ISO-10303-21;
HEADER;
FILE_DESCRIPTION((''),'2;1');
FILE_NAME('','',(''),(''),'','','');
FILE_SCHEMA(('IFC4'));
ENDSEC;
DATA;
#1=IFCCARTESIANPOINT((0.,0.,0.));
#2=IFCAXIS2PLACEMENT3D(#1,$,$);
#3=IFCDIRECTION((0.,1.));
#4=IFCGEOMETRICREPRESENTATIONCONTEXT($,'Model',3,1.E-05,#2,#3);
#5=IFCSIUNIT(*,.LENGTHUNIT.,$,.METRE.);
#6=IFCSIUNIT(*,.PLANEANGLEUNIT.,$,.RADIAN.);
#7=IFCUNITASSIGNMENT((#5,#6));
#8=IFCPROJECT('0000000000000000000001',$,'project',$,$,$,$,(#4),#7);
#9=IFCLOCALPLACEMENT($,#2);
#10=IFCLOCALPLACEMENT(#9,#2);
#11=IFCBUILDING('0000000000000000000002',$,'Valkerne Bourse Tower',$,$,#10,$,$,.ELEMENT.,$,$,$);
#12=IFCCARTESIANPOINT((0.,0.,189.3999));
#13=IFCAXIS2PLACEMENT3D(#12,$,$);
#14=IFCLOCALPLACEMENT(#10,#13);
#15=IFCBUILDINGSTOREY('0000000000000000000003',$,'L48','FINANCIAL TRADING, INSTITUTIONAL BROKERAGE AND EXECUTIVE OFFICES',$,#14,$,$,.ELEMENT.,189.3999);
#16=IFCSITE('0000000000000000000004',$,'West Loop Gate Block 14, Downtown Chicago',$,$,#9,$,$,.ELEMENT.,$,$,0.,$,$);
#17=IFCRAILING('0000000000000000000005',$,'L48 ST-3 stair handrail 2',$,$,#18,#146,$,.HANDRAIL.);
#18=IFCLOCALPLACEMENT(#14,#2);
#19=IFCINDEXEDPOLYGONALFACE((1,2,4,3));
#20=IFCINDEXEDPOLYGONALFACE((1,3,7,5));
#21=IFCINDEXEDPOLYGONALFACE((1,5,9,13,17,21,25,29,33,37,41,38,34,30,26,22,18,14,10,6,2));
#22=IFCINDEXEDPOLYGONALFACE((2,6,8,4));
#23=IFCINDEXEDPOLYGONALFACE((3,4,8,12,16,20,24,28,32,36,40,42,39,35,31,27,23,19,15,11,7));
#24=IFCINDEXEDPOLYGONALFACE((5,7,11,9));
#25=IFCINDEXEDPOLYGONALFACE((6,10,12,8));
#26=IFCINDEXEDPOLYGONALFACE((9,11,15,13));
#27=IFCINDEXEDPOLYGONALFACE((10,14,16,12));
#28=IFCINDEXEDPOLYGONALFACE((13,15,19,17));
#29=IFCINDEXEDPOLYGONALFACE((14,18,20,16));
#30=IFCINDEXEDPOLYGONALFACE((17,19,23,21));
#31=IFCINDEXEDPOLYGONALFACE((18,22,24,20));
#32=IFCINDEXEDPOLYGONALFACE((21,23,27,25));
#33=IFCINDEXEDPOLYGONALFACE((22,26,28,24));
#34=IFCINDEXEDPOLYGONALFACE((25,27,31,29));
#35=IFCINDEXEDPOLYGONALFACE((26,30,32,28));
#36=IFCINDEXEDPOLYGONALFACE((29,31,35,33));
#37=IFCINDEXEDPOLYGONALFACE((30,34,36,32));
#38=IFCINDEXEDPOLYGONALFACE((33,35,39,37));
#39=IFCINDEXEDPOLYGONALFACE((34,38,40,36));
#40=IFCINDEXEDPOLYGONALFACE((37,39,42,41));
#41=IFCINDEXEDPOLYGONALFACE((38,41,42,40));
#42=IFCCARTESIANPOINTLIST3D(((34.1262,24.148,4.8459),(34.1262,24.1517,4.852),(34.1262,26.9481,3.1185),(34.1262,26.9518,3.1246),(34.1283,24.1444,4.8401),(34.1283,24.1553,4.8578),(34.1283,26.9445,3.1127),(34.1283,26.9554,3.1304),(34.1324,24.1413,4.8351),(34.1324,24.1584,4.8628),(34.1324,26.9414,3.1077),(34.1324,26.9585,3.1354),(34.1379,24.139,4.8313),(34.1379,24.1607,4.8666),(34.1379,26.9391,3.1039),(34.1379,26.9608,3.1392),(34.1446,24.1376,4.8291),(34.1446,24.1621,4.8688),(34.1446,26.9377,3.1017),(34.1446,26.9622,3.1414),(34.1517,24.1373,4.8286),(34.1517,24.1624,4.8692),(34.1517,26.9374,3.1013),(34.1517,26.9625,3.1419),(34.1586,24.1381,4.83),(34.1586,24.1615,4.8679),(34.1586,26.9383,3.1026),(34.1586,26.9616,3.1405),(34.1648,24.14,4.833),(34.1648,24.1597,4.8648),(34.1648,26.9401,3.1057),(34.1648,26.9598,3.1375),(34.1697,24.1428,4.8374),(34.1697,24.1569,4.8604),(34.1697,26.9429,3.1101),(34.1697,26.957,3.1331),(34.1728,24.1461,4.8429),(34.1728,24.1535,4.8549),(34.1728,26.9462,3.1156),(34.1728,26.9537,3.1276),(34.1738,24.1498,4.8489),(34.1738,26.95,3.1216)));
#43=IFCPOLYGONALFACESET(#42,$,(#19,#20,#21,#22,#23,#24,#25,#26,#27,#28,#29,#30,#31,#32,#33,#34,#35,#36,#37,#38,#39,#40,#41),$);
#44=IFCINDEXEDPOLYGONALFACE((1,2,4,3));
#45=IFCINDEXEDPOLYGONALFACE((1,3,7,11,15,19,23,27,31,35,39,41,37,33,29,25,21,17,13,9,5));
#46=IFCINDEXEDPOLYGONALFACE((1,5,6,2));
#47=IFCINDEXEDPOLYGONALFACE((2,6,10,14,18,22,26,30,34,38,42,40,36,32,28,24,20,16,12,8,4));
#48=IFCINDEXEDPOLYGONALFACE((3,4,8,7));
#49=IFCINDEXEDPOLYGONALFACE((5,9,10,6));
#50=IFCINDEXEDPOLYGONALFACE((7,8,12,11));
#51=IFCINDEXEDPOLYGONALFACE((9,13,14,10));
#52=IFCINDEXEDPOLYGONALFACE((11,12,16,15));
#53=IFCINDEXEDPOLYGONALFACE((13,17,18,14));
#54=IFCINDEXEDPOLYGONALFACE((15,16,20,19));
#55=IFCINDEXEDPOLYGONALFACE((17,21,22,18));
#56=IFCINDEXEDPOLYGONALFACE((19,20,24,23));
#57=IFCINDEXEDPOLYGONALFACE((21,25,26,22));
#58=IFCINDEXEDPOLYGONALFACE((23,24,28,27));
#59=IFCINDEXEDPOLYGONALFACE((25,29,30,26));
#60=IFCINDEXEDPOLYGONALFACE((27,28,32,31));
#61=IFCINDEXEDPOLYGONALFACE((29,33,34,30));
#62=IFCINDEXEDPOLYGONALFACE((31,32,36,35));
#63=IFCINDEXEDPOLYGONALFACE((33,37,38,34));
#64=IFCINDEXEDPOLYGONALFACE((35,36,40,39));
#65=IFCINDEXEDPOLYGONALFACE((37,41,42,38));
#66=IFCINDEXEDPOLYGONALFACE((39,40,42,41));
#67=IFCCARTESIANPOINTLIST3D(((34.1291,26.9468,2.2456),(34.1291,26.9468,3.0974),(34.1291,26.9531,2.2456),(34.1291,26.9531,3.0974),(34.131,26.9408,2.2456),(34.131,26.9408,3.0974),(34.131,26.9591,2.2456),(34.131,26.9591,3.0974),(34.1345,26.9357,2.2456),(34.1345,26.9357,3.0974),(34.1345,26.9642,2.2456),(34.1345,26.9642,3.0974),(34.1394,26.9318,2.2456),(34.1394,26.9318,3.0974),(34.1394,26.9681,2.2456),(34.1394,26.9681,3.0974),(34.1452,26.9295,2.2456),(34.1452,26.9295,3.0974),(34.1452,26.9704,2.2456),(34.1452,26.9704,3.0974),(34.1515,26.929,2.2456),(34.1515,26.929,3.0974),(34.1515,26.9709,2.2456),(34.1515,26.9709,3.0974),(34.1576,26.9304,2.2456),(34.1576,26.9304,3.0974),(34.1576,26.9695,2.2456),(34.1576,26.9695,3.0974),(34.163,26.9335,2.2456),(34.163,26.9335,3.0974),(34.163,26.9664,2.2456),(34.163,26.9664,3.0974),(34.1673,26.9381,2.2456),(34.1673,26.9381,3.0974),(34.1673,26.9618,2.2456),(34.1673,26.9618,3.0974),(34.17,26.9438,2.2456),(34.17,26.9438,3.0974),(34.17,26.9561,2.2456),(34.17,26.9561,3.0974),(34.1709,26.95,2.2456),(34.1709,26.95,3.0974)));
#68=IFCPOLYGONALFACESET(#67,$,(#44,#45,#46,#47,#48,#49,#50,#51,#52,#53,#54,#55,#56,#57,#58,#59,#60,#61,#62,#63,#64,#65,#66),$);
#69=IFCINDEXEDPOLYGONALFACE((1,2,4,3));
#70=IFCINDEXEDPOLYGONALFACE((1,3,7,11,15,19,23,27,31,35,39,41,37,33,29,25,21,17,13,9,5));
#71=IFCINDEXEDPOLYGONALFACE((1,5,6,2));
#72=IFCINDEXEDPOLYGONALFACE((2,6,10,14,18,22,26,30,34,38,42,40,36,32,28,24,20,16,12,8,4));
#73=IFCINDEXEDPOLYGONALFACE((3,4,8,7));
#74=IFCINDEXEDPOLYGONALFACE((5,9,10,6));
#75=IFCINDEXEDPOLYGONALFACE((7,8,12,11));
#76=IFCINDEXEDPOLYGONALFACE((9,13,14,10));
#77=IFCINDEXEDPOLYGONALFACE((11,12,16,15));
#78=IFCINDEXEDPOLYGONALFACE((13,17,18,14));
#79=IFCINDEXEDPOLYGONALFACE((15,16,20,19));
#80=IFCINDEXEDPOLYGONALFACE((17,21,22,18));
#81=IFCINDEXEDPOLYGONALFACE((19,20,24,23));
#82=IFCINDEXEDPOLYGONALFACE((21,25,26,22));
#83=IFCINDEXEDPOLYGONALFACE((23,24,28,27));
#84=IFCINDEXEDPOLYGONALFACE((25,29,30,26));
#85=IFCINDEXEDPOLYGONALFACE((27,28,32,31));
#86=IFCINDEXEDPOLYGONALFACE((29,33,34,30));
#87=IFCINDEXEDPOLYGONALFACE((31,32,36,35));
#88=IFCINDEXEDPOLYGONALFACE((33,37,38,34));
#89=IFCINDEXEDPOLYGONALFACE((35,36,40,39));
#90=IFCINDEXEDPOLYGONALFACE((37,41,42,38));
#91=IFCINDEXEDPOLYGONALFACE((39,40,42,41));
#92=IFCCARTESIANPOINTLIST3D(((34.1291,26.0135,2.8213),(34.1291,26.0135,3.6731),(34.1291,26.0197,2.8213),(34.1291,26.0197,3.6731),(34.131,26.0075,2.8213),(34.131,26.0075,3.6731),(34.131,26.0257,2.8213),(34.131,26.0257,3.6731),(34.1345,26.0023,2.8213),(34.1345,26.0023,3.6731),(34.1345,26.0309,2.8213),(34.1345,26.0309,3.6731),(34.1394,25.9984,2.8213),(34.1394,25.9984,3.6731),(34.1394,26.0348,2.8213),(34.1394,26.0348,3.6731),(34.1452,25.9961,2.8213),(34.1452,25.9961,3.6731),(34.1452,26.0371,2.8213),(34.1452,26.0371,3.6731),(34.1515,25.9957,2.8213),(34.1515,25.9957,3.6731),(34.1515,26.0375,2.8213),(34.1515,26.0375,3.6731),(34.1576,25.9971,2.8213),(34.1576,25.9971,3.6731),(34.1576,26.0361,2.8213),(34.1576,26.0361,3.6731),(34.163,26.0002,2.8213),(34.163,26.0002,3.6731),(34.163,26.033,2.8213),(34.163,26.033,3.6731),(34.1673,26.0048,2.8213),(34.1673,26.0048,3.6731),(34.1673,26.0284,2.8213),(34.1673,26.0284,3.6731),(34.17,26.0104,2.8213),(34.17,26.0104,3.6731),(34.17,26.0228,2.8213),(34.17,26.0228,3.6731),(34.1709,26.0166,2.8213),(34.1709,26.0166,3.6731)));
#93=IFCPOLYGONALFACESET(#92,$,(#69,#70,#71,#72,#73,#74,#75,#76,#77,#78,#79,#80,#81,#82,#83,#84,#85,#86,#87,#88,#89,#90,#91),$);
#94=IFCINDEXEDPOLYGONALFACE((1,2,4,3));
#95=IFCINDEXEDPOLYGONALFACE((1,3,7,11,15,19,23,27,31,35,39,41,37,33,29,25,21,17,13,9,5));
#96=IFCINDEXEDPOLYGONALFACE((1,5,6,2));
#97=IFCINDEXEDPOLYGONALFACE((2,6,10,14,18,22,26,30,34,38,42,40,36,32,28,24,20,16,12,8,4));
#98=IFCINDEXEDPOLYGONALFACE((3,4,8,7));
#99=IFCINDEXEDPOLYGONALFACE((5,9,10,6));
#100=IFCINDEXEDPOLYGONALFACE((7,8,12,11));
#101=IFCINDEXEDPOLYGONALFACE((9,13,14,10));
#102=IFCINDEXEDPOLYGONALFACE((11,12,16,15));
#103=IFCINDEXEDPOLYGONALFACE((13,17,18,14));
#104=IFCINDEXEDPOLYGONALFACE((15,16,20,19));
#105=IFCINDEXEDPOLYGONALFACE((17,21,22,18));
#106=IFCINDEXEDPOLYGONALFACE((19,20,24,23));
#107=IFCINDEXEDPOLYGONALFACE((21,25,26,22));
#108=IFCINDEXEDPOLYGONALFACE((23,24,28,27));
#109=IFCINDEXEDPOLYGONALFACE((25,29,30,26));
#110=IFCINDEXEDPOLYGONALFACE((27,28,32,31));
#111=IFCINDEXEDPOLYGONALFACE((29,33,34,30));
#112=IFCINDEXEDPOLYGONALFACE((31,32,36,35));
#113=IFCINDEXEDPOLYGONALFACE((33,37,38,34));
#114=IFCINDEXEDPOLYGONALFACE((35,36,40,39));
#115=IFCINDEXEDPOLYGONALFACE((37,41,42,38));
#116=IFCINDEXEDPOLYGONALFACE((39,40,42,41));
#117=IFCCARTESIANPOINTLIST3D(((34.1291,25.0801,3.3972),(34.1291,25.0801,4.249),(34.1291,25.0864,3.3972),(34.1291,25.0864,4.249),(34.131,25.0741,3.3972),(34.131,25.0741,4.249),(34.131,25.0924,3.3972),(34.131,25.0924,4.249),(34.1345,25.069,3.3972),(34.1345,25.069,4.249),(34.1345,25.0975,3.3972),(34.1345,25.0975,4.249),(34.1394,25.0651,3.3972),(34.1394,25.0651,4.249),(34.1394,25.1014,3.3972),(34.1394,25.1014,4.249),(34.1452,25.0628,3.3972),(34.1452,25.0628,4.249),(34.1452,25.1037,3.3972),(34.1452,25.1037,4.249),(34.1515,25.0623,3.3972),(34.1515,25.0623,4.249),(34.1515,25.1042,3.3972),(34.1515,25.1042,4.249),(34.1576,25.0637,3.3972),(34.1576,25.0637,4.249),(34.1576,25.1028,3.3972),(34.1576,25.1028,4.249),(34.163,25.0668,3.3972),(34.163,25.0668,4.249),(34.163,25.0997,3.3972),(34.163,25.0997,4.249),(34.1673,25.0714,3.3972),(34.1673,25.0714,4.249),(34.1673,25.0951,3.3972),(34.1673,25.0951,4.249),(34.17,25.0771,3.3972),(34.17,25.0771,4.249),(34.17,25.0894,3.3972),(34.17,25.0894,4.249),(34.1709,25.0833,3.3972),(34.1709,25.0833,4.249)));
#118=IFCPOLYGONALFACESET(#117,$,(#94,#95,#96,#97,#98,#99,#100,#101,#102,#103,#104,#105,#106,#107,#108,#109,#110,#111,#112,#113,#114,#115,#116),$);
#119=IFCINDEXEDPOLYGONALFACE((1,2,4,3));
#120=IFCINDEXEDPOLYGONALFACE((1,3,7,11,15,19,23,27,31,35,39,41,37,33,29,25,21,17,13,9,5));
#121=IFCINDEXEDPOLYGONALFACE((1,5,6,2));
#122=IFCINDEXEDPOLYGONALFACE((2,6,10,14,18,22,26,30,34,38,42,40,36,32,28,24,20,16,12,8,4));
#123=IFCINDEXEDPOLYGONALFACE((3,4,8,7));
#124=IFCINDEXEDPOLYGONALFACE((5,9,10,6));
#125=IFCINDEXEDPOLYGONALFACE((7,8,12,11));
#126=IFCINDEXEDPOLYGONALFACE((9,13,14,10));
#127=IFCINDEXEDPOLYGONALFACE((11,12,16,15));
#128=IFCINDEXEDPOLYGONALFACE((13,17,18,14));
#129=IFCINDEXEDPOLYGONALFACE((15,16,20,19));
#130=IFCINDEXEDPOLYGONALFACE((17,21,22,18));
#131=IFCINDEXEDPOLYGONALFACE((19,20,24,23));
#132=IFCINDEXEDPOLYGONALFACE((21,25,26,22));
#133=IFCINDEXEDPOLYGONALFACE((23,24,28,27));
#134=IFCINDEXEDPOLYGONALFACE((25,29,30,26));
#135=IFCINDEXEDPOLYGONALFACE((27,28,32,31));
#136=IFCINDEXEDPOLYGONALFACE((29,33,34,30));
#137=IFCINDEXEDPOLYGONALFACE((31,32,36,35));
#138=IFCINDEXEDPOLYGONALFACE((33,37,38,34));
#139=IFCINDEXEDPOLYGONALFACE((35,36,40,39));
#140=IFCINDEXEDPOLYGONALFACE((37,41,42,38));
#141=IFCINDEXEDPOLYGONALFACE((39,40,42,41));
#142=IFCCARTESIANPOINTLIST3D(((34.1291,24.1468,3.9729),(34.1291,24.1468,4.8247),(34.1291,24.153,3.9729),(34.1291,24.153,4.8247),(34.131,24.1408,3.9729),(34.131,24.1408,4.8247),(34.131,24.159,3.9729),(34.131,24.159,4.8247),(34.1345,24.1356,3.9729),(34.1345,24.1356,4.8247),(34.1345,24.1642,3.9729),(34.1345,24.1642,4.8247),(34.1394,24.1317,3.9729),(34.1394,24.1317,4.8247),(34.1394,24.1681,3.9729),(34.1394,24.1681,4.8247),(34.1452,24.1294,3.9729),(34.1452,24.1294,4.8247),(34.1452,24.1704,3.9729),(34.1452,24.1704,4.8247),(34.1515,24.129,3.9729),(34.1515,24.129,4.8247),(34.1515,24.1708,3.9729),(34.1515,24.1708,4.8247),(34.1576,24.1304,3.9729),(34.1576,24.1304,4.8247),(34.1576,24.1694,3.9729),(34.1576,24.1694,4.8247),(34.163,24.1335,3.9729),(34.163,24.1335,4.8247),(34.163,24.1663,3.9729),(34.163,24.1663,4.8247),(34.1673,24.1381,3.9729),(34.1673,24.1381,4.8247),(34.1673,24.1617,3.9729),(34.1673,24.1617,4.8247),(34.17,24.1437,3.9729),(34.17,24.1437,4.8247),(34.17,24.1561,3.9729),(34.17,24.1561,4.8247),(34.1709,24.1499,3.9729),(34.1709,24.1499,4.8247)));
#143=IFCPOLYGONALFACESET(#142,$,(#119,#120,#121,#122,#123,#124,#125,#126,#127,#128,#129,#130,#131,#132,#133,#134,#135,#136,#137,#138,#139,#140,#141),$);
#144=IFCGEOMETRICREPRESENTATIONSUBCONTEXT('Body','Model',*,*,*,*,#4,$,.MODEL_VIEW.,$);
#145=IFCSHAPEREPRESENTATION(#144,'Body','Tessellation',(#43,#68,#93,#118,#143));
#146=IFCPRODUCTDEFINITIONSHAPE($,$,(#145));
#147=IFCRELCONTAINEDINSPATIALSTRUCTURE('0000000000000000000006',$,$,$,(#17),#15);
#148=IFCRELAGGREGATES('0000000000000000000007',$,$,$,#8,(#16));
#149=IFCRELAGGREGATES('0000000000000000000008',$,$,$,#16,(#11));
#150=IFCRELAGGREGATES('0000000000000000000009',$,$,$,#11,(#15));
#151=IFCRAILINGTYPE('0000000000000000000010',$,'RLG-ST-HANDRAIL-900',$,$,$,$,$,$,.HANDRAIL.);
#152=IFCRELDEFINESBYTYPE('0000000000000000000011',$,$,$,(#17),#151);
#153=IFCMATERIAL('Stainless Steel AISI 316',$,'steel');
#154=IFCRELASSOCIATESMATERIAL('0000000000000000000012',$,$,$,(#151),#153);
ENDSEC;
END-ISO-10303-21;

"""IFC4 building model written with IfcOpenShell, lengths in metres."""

from ifc_helpers import new_model, si_unit, direction, frame, origin, origin_2d, place, context, subcontext, project, spatial, circle, extrude, material, type_object, element, save


model = new_model("IFC4")

# Units and contexts
model_context = context("Model", 3, precision=1e-05, world=origin(), true_north=direction((0.0, 1.0)))
body_context = subcontext(model_context, "Body", "Model", "MODEL_VIEW")
ifc_project = project(units=[si_unit("LENGTHUNIT", "METRE"), si_unit("PLANEANGLEUNIT", "RADIAN")], contexts=[model_context])

# Site, building, storey
site_placement = place(None, origin())
site = spatial("IfcSite", under=ifc_project, at=site_placement, Name="West Loop Gate Block 14, Downtown Chicago", CompositionType="ELEMENT", RefElevation=0.0)
building_placement = place(site_placement, origin())
building = spatial("IfcBuilding", under=site, at=building_placement, Name="Valkerne Bourse Tower", CompositionType="ELEMENT")
storey_placement = place(building_placement, frame((0.0, 0.0, 189.3999)))
storey = spatial("IfcBuildingStorey", under=building, at=storey_placement, Name="L48", Description="FINANCIAL TRADING, INSTITUTIONAL BROKERAGE AND EXECUTIVE OFFICES", CompositionType="ELEMENT", Elevation=189.3999)

# Railing
ifc_material_1 = material(Name="Stainless Steel AISI 316", Category="steel")
railing_type_1 = type_object("IfcRailingType", Name="RLG-ST-HANDRAIL-900", PredefinedType="HANDRAIL", material=ifc_material_1)
railing_1_placement = place(storey_placement, frame((34.1499, 26.95, 2.2456)))
element("IfcRailing", 1, at=railing_1_placement, inside=storey, type_object=railing_type_1, Name="L48 ST-3 stair handrail 2", PredefinedType="HANDRAIL", context=body_context, shape_type="SweptSolid", body=[
    extrude(circle(Radius=0.0239, at=origin_2d()), frame((0.0, 0.0, 0.876), z_axis=(0.0, -0.85109, 0.52502), x_axis=(1.0, 0.0, 0.0)), (0.0, 0.0, 1.0), 3.29),
    extrude(circle(Radius=0.021, at=origin_2d()), origin(), (0.0, 0.0, 1.0), 0.8518),
    extrude(circle(Radius=0.021, at=origin_2d()), frame((0.0, -0.9333, 0.5757)), (0.0, 0.0, 1.0), 0.8518),
    extrude(circle(Radius=0.021, at=origin_2d()), frame((0.0, -1.8667, 1.1516)), (0.0, 0.0, 1.0), 0.8518),
    extrude(circle(Radius=0.021, at=origin_2d()), frame((0.0, -2.8, 1.7273)), (0.0, 0.0, 1.0), 0.8518),
])

save(model, "model.ifc")
